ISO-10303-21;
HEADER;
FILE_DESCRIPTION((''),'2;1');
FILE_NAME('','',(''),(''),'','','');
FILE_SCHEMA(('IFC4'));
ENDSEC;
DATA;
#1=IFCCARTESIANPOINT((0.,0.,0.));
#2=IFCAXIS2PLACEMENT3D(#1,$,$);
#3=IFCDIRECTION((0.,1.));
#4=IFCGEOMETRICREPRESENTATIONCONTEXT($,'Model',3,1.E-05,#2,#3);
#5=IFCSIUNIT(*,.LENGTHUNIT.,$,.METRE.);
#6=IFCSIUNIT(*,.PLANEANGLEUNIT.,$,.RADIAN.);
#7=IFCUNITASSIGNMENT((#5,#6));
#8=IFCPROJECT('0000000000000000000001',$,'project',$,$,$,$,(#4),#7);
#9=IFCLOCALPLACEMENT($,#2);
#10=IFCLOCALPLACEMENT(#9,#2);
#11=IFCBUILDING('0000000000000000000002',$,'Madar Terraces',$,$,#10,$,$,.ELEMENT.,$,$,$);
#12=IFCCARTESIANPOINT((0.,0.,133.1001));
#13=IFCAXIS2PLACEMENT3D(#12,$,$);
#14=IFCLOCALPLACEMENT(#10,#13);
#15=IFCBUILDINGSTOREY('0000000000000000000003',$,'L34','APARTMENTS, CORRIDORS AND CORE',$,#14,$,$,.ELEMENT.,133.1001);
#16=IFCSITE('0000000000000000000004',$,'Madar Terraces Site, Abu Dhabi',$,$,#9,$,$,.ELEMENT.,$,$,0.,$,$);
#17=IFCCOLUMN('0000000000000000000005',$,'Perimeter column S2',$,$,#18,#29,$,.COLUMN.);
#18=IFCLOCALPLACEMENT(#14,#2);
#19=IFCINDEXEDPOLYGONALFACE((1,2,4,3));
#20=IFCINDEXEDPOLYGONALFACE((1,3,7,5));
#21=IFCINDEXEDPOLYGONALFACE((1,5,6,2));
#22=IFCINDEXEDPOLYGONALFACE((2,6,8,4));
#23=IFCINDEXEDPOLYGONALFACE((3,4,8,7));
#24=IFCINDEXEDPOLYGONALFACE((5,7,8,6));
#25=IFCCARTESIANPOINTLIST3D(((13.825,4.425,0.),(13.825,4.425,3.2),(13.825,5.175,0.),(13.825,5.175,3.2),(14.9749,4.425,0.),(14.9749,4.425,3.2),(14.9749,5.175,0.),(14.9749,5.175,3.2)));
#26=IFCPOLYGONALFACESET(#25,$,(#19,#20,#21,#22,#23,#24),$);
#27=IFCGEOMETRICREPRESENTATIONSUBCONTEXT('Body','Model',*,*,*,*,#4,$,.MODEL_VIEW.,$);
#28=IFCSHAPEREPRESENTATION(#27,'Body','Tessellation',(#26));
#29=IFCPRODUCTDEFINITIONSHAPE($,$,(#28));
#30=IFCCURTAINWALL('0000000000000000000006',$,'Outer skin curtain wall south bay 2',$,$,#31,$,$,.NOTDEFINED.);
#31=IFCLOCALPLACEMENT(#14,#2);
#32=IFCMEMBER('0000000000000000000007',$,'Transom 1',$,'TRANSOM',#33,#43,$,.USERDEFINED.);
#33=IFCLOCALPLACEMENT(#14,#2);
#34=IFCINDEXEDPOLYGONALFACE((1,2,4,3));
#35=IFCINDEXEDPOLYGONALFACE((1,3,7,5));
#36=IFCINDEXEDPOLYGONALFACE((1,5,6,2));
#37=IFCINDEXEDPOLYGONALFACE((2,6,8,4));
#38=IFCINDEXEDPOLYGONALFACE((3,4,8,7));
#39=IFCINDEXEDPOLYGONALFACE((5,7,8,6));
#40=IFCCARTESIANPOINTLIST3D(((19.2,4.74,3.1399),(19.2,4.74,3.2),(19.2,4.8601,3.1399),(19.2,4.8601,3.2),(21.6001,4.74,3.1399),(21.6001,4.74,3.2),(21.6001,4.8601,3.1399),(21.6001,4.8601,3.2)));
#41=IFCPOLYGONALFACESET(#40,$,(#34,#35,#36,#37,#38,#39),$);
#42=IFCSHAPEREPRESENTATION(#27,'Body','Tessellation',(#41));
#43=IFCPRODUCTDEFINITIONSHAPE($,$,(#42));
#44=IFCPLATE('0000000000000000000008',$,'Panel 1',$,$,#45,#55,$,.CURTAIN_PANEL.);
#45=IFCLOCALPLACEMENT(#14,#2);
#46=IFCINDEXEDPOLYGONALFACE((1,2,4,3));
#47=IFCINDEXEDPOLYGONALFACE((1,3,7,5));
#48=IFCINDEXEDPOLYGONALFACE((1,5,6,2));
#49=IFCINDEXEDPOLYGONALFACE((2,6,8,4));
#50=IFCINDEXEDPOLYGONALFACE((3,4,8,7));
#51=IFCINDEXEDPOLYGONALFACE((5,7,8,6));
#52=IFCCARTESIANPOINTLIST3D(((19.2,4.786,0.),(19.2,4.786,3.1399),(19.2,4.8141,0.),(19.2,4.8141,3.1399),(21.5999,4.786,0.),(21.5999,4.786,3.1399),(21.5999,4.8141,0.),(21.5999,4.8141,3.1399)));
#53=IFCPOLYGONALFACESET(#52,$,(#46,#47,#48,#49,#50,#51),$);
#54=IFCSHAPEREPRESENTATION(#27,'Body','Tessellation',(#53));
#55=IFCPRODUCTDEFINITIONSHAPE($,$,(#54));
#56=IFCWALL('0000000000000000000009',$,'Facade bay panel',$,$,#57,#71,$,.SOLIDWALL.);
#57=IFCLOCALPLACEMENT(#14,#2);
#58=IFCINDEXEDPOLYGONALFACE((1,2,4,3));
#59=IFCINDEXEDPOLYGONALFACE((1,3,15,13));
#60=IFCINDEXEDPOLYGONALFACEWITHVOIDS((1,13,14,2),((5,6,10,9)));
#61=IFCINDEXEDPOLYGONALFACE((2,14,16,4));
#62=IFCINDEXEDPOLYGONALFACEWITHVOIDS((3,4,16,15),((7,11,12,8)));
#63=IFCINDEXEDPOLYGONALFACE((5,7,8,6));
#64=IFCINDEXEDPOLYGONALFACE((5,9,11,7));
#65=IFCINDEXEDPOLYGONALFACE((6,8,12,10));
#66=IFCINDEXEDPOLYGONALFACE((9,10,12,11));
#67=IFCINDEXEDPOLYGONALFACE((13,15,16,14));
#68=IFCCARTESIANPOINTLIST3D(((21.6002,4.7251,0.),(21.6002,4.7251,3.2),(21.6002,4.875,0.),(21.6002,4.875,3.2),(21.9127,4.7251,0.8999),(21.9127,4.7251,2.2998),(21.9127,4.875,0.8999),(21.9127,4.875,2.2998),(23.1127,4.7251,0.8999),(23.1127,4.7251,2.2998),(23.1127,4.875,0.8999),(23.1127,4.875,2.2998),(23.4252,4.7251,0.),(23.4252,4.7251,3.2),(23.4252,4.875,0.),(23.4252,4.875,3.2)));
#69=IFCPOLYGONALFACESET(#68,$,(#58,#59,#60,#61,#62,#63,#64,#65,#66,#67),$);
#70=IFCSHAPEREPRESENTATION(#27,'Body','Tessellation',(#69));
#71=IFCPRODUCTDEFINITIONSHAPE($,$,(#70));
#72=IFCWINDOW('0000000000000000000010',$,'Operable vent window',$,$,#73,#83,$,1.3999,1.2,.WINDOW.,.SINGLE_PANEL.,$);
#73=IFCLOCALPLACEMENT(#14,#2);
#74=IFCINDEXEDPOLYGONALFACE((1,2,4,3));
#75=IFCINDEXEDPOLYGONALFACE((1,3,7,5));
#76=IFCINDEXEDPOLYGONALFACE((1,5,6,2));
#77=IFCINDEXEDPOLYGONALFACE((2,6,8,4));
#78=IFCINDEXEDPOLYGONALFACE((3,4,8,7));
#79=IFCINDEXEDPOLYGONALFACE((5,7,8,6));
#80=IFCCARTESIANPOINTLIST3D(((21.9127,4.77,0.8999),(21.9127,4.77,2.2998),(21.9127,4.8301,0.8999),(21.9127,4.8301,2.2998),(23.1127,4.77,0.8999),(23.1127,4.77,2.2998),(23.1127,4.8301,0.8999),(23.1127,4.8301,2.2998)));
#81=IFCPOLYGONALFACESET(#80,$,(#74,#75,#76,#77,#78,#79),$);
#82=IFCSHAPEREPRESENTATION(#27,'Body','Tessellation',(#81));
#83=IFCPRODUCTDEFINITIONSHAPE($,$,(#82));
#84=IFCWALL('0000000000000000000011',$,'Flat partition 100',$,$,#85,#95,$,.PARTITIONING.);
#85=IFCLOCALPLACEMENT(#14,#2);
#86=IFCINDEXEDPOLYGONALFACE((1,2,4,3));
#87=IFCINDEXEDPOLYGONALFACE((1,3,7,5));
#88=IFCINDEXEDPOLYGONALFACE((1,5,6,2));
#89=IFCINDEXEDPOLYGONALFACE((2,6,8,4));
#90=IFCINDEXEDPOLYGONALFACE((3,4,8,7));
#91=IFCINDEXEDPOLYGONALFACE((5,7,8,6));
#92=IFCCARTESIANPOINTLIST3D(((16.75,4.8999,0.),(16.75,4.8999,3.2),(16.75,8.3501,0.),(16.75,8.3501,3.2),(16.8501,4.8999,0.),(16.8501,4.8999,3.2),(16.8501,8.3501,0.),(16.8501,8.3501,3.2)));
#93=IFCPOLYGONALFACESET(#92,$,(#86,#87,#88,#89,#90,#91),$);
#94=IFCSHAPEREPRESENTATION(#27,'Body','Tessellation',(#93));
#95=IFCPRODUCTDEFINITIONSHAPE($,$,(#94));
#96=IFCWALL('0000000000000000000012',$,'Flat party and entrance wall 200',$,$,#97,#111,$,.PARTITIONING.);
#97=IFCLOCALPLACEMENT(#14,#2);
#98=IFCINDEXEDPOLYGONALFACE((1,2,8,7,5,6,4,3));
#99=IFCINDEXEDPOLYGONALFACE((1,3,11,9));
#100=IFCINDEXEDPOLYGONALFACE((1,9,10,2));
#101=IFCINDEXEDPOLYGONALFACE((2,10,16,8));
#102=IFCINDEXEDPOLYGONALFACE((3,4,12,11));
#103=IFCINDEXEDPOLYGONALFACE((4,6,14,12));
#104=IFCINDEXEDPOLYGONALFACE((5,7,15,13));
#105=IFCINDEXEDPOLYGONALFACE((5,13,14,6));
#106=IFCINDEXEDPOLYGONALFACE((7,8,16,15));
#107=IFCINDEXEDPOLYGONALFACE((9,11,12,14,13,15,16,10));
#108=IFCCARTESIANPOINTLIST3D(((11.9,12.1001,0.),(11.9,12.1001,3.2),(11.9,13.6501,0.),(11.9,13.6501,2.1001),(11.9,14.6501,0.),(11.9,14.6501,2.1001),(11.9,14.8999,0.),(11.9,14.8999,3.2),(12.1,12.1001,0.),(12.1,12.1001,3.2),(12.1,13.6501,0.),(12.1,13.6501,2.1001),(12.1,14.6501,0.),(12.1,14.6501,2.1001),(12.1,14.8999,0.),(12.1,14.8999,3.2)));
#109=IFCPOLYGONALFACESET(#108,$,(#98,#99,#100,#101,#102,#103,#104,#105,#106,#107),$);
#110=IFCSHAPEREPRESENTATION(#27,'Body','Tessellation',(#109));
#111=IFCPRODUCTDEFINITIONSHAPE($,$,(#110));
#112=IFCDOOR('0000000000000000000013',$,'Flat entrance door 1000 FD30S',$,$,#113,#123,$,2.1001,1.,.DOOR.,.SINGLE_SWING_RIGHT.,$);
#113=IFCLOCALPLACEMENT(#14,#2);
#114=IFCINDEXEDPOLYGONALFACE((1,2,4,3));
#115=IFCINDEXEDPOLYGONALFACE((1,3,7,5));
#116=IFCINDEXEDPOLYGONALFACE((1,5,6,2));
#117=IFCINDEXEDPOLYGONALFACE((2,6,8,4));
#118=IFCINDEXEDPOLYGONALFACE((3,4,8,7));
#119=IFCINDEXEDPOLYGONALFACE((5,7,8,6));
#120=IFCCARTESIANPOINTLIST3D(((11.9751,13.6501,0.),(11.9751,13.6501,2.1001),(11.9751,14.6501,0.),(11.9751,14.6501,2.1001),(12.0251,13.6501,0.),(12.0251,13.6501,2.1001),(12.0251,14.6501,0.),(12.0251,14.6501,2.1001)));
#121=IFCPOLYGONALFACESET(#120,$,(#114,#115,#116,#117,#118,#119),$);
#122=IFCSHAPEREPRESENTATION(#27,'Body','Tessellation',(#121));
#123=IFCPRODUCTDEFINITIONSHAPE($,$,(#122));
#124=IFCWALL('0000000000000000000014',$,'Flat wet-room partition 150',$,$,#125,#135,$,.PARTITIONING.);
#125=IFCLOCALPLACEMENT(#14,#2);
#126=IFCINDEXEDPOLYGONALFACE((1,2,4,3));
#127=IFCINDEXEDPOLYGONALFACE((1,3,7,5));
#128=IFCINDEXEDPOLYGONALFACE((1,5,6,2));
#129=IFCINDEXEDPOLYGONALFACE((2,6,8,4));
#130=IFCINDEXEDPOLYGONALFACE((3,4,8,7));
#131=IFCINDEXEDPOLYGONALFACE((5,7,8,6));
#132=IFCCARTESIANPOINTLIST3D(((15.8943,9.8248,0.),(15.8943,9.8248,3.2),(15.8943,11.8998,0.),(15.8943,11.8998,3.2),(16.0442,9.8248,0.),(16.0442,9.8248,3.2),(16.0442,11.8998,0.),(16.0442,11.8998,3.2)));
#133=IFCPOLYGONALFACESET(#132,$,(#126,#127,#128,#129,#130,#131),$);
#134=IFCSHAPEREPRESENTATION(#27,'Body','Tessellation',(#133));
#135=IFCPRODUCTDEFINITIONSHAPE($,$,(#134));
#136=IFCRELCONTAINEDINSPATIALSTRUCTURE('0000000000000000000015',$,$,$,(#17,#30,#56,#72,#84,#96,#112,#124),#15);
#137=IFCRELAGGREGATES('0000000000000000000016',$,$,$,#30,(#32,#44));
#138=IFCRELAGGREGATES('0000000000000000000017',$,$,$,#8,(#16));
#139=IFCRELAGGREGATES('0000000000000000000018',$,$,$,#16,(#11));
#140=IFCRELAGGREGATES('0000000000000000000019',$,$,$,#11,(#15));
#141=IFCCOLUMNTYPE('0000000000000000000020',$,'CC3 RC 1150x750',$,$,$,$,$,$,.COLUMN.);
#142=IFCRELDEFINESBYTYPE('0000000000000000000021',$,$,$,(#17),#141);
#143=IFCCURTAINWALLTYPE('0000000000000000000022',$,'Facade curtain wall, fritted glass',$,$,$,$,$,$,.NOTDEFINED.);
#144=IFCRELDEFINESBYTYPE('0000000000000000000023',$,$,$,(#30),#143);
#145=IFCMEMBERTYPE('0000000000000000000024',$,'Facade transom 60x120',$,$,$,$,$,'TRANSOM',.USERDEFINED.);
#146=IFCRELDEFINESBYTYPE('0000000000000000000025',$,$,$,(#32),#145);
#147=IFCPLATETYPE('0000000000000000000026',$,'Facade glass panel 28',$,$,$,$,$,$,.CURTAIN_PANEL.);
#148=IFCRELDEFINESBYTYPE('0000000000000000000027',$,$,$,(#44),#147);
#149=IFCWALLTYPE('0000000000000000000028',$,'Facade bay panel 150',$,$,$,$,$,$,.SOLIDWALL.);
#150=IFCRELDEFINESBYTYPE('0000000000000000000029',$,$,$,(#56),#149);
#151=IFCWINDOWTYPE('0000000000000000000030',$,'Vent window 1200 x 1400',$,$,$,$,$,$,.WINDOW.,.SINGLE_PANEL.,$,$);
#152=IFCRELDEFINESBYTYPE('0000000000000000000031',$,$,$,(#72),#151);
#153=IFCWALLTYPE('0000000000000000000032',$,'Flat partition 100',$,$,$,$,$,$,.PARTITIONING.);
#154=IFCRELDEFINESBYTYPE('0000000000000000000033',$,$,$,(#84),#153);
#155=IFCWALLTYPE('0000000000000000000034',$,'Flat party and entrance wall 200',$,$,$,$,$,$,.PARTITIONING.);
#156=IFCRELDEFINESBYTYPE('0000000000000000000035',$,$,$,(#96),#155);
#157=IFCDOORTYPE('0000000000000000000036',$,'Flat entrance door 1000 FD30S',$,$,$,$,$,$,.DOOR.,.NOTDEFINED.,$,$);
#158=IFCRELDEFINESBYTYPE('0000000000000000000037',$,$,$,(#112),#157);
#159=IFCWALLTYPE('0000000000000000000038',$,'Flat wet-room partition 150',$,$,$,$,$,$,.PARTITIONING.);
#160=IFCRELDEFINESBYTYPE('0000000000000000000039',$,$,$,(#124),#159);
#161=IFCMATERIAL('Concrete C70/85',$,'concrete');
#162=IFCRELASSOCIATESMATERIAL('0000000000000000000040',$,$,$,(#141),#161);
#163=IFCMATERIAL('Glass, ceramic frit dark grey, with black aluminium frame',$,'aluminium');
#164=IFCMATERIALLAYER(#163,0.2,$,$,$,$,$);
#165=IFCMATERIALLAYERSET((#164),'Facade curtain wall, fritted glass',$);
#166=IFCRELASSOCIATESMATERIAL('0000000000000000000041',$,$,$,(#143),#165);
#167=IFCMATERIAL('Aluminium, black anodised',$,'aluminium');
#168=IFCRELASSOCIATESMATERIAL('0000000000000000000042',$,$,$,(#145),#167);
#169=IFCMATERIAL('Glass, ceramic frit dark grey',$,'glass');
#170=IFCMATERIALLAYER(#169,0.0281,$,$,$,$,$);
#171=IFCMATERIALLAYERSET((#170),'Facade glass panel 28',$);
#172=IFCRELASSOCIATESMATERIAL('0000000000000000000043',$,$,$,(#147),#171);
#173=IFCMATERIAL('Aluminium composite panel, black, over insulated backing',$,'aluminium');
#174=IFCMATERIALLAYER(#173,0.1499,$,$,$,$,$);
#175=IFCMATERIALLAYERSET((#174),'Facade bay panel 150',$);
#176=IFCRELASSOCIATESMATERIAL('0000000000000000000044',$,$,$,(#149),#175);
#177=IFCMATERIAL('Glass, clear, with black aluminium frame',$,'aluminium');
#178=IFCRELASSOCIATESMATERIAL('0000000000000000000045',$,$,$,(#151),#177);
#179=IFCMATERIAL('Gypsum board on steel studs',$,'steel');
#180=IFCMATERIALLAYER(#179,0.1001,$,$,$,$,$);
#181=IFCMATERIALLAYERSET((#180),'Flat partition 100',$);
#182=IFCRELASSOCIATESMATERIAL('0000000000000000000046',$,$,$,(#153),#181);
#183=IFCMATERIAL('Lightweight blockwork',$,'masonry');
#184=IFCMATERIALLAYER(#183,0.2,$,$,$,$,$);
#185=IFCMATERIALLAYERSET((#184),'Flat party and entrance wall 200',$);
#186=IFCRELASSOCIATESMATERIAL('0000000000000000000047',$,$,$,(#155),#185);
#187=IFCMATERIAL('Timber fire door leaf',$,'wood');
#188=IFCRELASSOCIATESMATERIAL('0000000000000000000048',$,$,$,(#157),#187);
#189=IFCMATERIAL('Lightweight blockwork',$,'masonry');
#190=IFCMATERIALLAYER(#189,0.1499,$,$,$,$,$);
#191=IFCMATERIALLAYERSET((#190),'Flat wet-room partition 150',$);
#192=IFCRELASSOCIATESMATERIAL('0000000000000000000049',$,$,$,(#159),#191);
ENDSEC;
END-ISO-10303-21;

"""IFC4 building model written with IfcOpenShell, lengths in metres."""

from ifc_helpers import new_model, si_unit, direction, frame, frame_2d, origin, origin_2d, place, context, subcontext, project, spatial, rectangle, extrude, material, layer, layer_set, material_profile, profile_set, type_object, element, fill, aggregate, save


model = new_model("IFC4")

# Units and contexts
model_context = context("Model", 3, precision=1e-05, world=origin(), true_north=direction((0.0, 1.0)))
body_context = subcontext(model_context, "Body", "Model", "MODEL_VIEW")
ifc_project = project(units=[si_unit("LENGTHUNIT", "METRE"), si_unit("PLANEANGLEUNIT", "RADIAN")], contexts=[model_context])

# Site, building, storey
site_placement = place(None, origin())
site = spatial("IfcSite", under=ifc_project, at=site_placement, Name="Madar Terraces Site, Abu Dhabi", CompositionType="ELEMENT", RefElevation=0.0)
building_placement = place(site_placement, origin())
building = spatial("IfcBuilding", under=site, at=building_placement, Name="Madar Terraces", CompositionType="ELEMENT")
storey_placement = place(building_placement, frame((0.0, 0.0, 133.1001)))
storey = spatial("IfcBuildingStorey", under=building, at=storey_placement, Name="L34", Description="APARTMENTS, CORRIDORS AND CORE", CompositionType="ELEMENT", Elevation=133.1001)

# Column
ifc_material_1 = material(Name="Concrete C70/85", Category="concrete")
ifc_material_profile_1 = material_profile(ifc_material_1, rectangle(XDim=1.1499, YDim=0.75, at=origin_2d()), Name="CC3 RC 1150x750")
ifc_profile_set_1 = profile_set([ifc_material_profile_1], Name="Concrete C70/85")
column_type = type_object("IfcColumnType", Name="CC3 RC 1150x750", PredefinedType="COLUMN", material=ifc_profile_set_1)
column_placement = place(storey_placement, frame((14.3999, 4.8, 0.0), z_axis=(0.0, 0.0, 1.0), x_axis=(1.0, 0.0, 0.0)))
element("IfcColumn", 1, at=column_placement, inside=storey, type_object=column_type, Name="Perimeter column S2", PredefinedType="COLUMN", context=body_context, shape_type="SweptSolid", body=[
    extrude(rectangle(XDim=1.1499, YDim=0.75, at=origin_2d()), origin(), (0.0, 0.0, 1.0), 3.2),
])

# Curtain wall, member, plate
ifc_material_2 = material(Name="Glass, ceramic frit dark grey, with black aluminium frame", Category="aluminium")
ifc_layer_1 = layer(ifc_material_2, 0.2)
ifc_layer_set_1 = layer_set([ifc_layer_1], Name="Facade curtain wall, fritted glass")
curtain_wall_type = type_object("IfcCurtainWallType", Name="Facade curtain wall, fritted glass", PredefinedType="NOTDEFINED", material=ifc_layer_set_1)
curtain_wall_placement = place(storey_placement, origin())
curtain_wall = element("IfcCurtainWall", 2, at=curtain_wall_placement, inside=storey, type_object=curtain_wall_type, Name="Outer skin curtain wall south bay 2", PredefinedType="NOTDEFINED")
ifc_material_3 = material(Name="Aluminium, black anodised", Category="aluminium")
ifc_material_profile_2 = material_profile(ifc_material_3, rectangle(XDim=0.1201, YDim=0.0601, at=origin_2d()), Name="Facade transom 60x120")
ifc_profile_set_2 = profile_set([ifc_material_profile_2], Name="Aluminium, black anodised")
member_type = type_object("IfcMemberType", Name="Facade transom 60x120", ElementType="TRANSOM", PredefinedType="USERDEFINED", material=ifc_profile_set_2)
member_placement = place(storey_placement, frame((19.2, 4.8, 3.1699), z_axis=(1.0, 0.0, 0.0), x_axis=(0.0, 1.0, 0.0)))
member = element("IfcMember", 3, at=member_placement, type_object=member_type, Name="Transom 1", ObjectType="TRANSOM", PredefinedType="USERDEFINED", context=body_context, shape_type="SweptSolid", body=[
    extrude(rectangle(XDim=0.1201, YDim=0.0601, at=origin_2d()), origin(), (0.0, 0.0, 1.0), 2.4001),
])
ifc_material_4 = material(Name="Glass, ceramic frit dark grey", Category="glass")
ifc_layer_2 = layer(ifc_material_4, 0.0281)
ifc_layer_set_2 = layer_set([ifc_layer_2], Name="Facade glass panel 28")
plate_type = type_object("IfcPlateType", Name="Facade glass panel 28", PredefinedType="CURTAIN_PANEL", material=ifc_layer_set_2)
plate_placement = place(storey_placement, frame((20.3999, 4.8, 0.0), z_axis=(0.0, 0.0, 1.0), x_axis=(1.0, 0.0, 0.0)))
plate = element("IfcPlate", 4, at=plate_placement, type_object=plate_type, Name="Panel 1", PredefinedType="CURTAIN_PANEL", context=body_context, shape_type="SweptSolid", body=[
    extrude(rectangle(XDim=2.3999, YDim=0.0281, at=origin_2d()), origin(), (0.0, 0.0, 1.0), 3.1399),
])
aggregate(curtain_wall, [member, plate])

# Shared definitions
ifc_material_5 = material(Name="Aluminium composite panel, black, over insulated backing", Category="aluminium")
ifc_layer_3 = layer(ifc_material_5, 0.1499)
ifc_layer_set_3 = layer_set([ifc_layer_3], Name="Facade bay panel 150")
wall_type_1 = type_object("IfcWallType", Name="Facade bay panel 150", PredefinedType="SOLIDWALL", material=ifc_layer_set_3)
ifc_material_6 = material(Name="Glass, clear, with black aluminium frame", Category="aluminium")
window_type = type_object("IfcWindowType", Name="Vent window 1200 x 1400", PartitioningType="SINGLE_PANEL", PredefinedType="WINDOW", material=ifc_material_6)

# Wall, opening, window
wall_1_placement = place(storey_placement, frame((21.6001, 4.8, 0.0), z_axis=(0.0, 0.0, 1.0), x_axis=(1.0, 0.0, 0.0)))
wall_1 = element("IfcWall", 5, at=wall_1_placement, inside=storey, type_object=wall_type_1, Name="Facade bay panel", PredefinedType="SOLIDWALL", context=body_context, shape_type="SweptSolid", body=[
    extrude(rectangle(XDim=1.825, YDim=0.1499, at=frame_2d((0.9126, 0.0))), origin(), (0.0, 0.0, 1.0), 3.2),
])
opening_1_placement = place(wall_1_placement, frame((0.3125, 0.0, 0.8999)))
opening_1 = element("IfcOpeningElement", 6, at=opening_1_placement, cuts=wall_1, PredefinedType="OPENING", context=body_context, shape_type="SweptSolid", body=[
    extrude(rectangle(XDim=1.2, YDim=1.3999, at=frame_2d((0.6001, 0.7))), frame((0.0, 0.085, 0.0), z_axis=(0.0, -1.0, 0.0), x_axis=(1.0, 0.0, 0.0)), (0.0, 0.0, 1.0), 0.1699),
])
window_1_placement = place(opening_1_placement, origin())
window_1 = element("IfcWindow", 7, at=window_1_placement, inside=storey, type_object=window_type, Name="Operable vent window", OverallHeight=1.3999, OverallWidth=1.2, PartitioningType="SINGLE_PANEL", PredefinedType="WINDOW", context=body_context, shape_type="SweptSolid", body=[
    extrude(rectangle(XDim=1.2, YDim=1.3999, at=frame_2d((0.6001, 0.7))), frame((0.0, 0.03, 0.0), z_axis=(0.0, -1.0, 0.0), x_axis=(1.0, 0.0, 0.0)), (0.0, 0.0, 1.0), 0.0601),
])
fill(opening_1, window_1)

# Wall
ifc_material_7 = material(Name="Gypsum board on steel studs", Category="steel")
ifc_layer_4 = layer(ifc_material_7, 0.1001)
ifc_layer_set_4 = layer_set([ifc_layer_4], Name="Flat partition 100")
wall_type_2 = type_object("IfcWallType", Name="Flat partition 100", PredefinedType="PARTITIONING", material=ifc_layer_set_4)
wall_2_placement = place(storey_placement, frame((16.8, 8.3501, 0.0), z_axis=(0.0, 0.0, 1.0), x_axis=(0.0, -1.0, 0.0)))
element("IfcWall", 8, at=wall_2_placement, inside=storey, type_object=wall_type_2, Name="Flat partition 100", PredefinedType="PARTITIONING", context=body_context, shape_type="SweptSolid", body=[
    extrude(rectangle(XDim=3.4502, YDim=0.1001, at=frame_2d((1.7251, 0.0))), origin(), (0.0, 0.0, 1.0), 3.2),
])

# Wall, opening, door
ifc_material_8 = material(Name="Lightweight blockwork", Category="masonry")
ifc_layer_5 = layer(ifc_material_8, 0.2)
ifc_layer_set_5 = layer_set([ifc_layer_5], Name="Flat party and entrance wall 200")
wall_type_3 = type_object("IfcWallType", Name="Flat party and entrance wall 200", PredefinedType="PARTITIONING", material=ifc_layer_set_5)
wall_3_placement = place(storey_placement, frame((12.0, 12.1001, 0.0), z_axis=(0.0, 0.0, 1.0), x_axis=(0.0, 1.0, 0.0)))
wall_3 = element("IfcWall", 9, at=wall_3_placement, inside=storey, type_object=wall_type_3, Name="Flat party and entrance wall 200", PredefinedType="PARTITIONING", context=body_context, shape_type="SweptSolid", body=[
    extrude(rectangle(XDim=2.7998, YDim=0.2, at=frame_2d((1.3999, 0.0))), origin(), (0.0, 0.0, 1.0), 3.2),
])
opening_2_placement = place(wall_3_placement, frame((1.55, 0.0, 0.0)))
opening_2 = element("IfcOpeningElement", 10, at=opening_2_placement, cuts=wall_3, PredefinedType="OPENING", context=body_context, shape_type="SweptSolid", body=[
    extrude(rectangle(XDim=1.0, YDim=2.1001, at=frame_2d((0.5, 1.05))), frame((0.0, 0.1099, 0.0), z_axis=(0.0, -1.0, 0.0), x_axis=(1.0, 0.0, 0.0)), (0.0, 0.0, 1.0), 0.22),
])
ifc_material_9 = material(Name="Timber fire door leaf", Category="wood")
door_type_1 = type_object("IfcDoorType", Name="Flat entrance door 1000 FD30S", OperationType="NOTDEFINED", PredefinedType="DOOR", material=ifc_material_9)
door_1_placement = place(opening_2_placement, origin())
door_1 = element("IfcDoor", 11, at=door_1_placement, inside=storey, type_object=door_type_1, Name="Flat entrance door 1000 FD30S", OperationType="SINGLE_SWING_RIGHT", OverallHeight=2.1001, OverallWidth=1.0, PredefinedType="DOOR", context=body_context, shape_type="SweptSolid", body=[
    extrude(rectangle(XDim=1.0, YDim=2.1001, at=frame_2d((0.5, 1.05))), frame((0.0, 0.0249, 0.0), z_axis=(0.0, -1.0, 0.0), x_axis=(1.0, 0.0, 0.0)), (0.0, 0.0, 1.0), 0.05),
])
fill(opening_2, door_1)

# Wall
ifc_material_10 = material(Name="Lightweight blockwork", Category="masonry")
ifc_layer_6 = layer(ifc_material_10, 0.1499)
ifc_layer_set_6 = layer_set([ifc_layer_6], Name="Flat wet-room partition 150")
wall_type_4 = type_object("IfcWallType", Name="Flat wet-room partition 150", PredefinedType="PARTITIONING", material=ifc_layer_set_6)
wall_4_placement = place(storey_placement, frame((15.9692, 11.8999, 0.0), z_axis=(0.0, 0.0, 1.0), x_axis=(0.0, -1.0, 0.0)))
element("IfcWall", 12, at=wall_4_placement, inside=storey, type_object=wall_type_4, Name="Flat wet-room partition 150", PredefinedType="PARTITIONING", context=body_context, shape_type="SweptSolid", body=[
    extrude(rectangle(XDim=2.075, YDim=0.1499, at=frame_2d((1.0376, 0.0))), origin(), (0.0, 0.0, 1.0), 3.2),
])

save(model, "model.ifc")
